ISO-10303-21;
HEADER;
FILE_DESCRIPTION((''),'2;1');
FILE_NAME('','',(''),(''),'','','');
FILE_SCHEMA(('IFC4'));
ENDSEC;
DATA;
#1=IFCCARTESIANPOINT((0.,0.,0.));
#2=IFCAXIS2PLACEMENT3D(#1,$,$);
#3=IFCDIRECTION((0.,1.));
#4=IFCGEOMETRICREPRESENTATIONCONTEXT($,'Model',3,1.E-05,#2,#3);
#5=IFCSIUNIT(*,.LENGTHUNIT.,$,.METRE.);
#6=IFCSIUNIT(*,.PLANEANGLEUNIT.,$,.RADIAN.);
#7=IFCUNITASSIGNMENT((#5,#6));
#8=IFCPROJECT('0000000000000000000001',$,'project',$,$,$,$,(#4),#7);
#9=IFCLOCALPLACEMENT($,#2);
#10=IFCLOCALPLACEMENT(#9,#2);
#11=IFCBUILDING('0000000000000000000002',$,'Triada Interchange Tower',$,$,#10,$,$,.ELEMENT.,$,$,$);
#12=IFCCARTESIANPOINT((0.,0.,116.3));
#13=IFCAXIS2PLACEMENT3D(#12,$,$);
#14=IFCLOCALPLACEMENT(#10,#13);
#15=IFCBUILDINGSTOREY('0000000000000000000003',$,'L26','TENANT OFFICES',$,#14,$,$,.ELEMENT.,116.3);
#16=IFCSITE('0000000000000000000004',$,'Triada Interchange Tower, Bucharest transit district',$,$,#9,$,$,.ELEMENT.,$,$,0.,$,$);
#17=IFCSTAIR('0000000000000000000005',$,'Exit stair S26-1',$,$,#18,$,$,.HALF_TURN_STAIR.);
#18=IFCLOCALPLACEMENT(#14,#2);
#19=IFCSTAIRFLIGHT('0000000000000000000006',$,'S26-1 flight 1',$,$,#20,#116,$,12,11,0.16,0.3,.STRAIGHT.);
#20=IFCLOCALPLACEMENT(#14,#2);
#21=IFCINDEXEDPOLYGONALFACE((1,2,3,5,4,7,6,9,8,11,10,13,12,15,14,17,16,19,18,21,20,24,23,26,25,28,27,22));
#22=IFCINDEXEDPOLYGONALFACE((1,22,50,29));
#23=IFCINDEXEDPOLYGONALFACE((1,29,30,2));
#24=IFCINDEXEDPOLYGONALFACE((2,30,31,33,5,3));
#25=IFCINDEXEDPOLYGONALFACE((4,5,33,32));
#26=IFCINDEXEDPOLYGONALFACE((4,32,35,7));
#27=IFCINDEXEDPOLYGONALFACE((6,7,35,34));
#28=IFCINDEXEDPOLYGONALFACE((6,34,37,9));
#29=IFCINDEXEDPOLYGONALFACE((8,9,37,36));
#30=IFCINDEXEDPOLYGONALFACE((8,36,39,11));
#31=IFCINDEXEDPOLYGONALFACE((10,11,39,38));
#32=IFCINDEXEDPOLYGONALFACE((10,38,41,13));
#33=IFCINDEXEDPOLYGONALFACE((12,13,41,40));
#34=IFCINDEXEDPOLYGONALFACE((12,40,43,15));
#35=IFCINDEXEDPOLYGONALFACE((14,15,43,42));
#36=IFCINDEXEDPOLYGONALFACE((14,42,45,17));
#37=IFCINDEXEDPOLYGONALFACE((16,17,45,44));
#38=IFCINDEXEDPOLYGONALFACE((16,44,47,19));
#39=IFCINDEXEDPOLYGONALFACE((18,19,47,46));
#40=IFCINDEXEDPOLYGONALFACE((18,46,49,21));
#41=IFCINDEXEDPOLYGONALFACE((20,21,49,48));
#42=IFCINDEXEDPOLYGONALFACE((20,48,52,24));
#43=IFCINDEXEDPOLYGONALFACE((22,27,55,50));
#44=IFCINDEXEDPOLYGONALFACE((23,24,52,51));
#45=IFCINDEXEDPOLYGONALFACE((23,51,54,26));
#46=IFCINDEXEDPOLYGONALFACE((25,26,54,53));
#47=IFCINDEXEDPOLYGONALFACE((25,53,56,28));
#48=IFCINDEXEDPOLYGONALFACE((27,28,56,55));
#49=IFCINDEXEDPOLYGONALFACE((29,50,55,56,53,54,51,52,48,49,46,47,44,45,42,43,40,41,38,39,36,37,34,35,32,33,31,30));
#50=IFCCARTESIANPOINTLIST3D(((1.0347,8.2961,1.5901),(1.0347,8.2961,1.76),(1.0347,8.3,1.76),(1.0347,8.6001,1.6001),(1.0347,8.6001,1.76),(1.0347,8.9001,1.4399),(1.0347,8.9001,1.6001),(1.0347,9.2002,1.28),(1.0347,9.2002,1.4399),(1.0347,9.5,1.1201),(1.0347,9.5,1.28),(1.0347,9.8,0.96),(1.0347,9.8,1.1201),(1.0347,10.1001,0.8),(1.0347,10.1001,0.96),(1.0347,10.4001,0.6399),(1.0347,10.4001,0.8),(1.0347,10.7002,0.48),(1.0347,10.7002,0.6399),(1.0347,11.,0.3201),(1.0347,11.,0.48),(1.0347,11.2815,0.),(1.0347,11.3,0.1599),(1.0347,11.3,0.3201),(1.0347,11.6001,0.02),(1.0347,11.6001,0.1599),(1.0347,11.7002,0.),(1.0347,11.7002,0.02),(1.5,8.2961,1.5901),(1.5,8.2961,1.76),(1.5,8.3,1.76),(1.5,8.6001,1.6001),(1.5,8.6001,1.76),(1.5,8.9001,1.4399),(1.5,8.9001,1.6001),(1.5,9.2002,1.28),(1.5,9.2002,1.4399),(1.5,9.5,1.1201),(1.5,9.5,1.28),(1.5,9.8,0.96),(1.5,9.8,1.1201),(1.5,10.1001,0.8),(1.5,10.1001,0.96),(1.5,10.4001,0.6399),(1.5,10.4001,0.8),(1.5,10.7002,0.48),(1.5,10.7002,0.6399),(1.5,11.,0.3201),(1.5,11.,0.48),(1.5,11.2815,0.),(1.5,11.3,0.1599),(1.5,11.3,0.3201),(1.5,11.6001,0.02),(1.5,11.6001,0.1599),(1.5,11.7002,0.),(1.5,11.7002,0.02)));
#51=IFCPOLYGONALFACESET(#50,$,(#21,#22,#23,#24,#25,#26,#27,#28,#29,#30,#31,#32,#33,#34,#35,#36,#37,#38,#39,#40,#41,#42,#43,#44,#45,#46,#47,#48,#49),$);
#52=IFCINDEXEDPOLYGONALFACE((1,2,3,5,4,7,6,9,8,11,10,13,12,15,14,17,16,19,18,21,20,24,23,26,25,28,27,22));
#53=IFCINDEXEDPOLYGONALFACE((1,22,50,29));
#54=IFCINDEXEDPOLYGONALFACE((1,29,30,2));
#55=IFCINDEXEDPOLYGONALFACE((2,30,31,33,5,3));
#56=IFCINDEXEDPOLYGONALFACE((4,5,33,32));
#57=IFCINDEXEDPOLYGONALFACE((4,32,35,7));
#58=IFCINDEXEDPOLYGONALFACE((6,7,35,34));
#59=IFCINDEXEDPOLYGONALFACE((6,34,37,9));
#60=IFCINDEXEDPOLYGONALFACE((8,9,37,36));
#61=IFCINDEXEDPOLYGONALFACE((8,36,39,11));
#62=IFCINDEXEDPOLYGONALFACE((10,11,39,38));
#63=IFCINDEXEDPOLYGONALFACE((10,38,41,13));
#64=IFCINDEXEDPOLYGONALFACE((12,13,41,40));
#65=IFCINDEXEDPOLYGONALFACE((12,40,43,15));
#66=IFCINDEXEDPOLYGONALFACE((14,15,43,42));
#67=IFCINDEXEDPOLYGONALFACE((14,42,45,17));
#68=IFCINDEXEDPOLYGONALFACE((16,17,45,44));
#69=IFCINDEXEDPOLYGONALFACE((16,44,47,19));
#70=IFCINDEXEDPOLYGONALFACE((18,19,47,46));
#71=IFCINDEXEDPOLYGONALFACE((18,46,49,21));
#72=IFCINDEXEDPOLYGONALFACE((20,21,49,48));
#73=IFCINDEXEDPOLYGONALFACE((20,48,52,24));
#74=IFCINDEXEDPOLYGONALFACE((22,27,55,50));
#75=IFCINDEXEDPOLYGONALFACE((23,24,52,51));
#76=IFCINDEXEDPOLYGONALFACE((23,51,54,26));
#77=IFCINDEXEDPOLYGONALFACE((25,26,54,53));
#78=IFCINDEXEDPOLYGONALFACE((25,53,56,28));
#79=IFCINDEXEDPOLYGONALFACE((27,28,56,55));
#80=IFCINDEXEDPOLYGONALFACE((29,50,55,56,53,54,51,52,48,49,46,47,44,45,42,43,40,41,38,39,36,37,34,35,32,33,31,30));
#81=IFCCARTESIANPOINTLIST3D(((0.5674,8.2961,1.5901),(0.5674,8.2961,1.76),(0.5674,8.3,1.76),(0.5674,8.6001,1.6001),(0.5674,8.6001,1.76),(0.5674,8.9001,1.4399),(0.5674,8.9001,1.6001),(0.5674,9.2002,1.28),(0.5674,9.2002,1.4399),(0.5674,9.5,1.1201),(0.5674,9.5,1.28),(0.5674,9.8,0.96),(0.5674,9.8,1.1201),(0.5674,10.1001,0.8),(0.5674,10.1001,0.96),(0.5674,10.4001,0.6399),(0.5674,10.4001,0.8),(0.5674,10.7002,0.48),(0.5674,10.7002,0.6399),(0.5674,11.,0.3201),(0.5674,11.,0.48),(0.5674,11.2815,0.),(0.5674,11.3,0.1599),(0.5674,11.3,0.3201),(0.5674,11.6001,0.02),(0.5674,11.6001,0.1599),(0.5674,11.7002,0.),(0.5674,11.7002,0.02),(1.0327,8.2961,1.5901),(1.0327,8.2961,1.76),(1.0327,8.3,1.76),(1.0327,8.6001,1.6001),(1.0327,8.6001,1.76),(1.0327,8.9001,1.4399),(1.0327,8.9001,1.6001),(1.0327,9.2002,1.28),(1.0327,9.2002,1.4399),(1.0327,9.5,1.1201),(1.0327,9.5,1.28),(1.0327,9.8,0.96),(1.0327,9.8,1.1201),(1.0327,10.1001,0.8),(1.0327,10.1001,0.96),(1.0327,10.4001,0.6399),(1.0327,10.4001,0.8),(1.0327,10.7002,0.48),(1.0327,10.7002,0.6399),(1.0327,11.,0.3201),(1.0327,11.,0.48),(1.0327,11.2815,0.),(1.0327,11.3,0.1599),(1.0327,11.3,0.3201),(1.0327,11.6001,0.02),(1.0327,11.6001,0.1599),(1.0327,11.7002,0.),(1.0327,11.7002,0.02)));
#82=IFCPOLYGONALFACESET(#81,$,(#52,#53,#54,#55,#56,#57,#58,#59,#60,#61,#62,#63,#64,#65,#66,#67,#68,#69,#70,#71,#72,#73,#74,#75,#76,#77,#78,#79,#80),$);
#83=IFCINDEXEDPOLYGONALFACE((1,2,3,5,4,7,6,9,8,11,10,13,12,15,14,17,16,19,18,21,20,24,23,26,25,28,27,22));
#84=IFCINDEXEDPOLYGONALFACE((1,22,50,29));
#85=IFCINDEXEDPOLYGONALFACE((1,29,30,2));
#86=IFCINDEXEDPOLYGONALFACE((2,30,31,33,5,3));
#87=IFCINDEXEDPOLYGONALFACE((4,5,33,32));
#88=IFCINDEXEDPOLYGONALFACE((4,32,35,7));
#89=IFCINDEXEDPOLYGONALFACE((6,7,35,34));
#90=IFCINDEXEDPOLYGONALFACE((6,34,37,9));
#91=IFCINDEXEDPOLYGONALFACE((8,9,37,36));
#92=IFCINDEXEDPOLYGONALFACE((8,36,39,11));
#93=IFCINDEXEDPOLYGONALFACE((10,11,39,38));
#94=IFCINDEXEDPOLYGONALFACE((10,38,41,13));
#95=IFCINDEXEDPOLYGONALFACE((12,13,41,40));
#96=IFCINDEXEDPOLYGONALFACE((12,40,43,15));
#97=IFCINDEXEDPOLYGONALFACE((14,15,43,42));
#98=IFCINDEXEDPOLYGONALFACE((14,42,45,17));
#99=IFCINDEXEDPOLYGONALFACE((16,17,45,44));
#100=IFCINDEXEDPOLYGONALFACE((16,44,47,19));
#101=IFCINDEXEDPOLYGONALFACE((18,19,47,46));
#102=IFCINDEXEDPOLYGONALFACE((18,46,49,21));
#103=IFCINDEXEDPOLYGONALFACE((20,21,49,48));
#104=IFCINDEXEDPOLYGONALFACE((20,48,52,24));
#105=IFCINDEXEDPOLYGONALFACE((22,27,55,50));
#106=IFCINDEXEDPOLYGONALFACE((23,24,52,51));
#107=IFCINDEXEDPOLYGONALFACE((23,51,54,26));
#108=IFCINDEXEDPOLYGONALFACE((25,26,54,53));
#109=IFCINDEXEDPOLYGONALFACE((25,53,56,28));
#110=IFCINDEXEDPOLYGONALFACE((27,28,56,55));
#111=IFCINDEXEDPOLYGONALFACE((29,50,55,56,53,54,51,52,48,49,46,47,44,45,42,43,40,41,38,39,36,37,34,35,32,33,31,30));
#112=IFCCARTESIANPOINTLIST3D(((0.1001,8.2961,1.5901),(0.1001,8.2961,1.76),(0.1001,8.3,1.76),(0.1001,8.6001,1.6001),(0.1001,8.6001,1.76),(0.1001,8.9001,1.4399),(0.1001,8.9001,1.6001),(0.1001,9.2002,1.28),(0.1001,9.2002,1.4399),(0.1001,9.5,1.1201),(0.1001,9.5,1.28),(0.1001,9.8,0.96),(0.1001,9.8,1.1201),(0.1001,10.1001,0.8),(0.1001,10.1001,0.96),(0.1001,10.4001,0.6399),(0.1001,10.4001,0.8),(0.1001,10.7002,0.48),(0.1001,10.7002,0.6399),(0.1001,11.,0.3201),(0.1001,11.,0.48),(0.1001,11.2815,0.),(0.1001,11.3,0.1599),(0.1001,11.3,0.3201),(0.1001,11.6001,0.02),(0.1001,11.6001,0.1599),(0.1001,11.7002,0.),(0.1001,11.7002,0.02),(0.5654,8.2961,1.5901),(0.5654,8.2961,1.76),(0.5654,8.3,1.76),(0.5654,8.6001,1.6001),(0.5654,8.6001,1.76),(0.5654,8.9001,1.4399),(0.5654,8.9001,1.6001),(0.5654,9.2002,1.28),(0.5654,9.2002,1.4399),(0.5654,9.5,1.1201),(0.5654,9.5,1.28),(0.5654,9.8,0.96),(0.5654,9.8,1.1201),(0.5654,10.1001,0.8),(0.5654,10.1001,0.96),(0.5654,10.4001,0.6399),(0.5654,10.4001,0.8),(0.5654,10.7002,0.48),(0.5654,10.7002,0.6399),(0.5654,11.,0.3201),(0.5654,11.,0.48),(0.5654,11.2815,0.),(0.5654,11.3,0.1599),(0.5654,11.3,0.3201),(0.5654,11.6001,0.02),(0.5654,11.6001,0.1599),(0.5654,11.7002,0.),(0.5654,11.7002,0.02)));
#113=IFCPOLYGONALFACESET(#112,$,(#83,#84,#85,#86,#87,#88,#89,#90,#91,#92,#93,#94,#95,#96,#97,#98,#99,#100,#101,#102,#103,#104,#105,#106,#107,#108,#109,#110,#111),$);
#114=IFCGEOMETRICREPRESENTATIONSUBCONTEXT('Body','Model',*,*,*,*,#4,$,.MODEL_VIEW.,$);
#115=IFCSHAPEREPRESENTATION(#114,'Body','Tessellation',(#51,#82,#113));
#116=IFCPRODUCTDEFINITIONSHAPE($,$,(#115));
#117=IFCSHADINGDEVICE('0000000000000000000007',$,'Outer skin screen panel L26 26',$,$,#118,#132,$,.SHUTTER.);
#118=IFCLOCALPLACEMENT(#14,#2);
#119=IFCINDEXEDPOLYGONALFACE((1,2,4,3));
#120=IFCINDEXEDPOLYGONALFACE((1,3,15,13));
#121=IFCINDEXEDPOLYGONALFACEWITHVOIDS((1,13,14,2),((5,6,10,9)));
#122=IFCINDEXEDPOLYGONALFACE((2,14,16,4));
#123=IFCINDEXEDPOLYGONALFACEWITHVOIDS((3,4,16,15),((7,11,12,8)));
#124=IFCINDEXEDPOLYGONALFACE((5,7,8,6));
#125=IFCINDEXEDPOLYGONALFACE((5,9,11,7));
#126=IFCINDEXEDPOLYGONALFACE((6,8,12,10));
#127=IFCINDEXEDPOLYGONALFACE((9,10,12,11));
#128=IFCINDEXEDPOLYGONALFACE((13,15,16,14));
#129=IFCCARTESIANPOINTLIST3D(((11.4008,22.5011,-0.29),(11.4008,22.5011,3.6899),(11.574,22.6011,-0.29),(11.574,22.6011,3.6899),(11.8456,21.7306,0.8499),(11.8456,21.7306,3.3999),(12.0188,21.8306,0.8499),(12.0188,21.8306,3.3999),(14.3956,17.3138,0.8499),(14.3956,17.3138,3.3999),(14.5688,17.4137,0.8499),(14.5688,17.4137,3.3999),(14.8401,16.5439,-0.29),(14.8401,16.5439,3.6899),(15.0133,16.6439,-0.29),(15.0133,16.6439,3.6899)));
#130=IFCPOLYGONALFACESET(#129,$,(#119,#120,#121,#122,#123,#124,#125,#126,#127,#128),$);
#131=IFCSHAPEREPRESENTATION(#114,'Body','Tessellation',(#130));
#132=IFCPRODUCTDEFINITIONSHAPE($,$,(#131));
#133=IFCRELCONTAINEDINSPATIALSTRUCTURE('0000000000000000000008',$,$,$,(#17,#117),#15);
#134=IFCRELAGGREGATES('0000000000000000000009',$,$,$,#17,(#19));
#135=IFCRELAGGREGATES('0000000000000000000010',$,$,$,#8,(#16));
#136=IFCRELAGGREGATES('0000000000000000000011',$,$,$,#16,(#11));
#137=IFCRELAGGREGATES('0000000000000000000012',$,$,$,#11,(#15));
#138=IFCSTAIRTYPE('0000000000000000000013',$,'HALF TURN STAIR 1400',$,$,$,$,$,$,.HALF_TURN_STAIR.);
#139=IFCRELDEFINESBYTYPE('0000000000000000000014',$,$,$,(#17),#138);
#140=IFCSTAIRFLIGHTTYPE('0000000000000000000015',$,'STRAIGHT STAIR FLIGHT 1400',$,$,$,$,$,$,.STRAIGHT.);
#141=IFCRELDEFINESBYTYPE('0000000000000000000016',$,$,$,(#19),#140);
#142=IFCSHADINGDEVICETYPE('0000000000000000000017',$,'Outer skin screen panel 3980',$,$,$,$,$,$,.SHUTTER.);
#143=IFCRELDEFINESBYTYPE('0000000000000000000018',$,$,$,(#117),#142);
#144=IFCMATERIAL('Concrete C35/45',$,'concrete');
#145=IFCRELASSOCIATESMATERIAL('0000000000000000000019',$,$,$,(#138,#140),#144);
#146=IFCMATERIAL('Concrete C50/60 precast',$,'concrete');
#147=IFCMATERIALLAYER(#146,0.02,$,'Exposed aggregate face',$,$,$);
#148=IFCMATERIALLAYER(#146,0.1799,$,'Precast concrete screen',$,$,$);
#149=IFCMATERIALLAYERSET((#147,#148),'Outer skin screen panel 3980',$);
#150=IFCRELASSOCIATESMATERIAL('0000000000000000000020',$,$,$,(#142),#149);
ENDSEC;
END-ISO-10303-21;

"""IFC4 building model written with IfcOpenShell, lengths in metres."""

from ifc_helpers import new_model, si_unit, direction, frame, origin, place, context, subcontext, project, spatial, polyline, outline, extrude, material, layer, layer_set, type_object, element, aggregate, save


model = new_model("IFC4")

# Units and contexts
model_context = context("Model", 3, precision=1e-05, world=origin(), true_north=direction((0.0, 1.0)))
body_context = subcontext(model_context, "Body", "Model", "MODEL_VIEW")
ifc_project = project(units=[si_unit("LENGTHUNIT", "METRE"), si_unit("PLANEANGLEUNIT", "RADIAN")], contexts=[model_context])

# Site, building, storey
site_placement = place(None, origin())
site = spatial("IfcSite", under=ifc_project, at=site_placement, Name="Triada Interchange Tower, Bucharest transit district", CompositionType="ELEMENT", RefElevation=0.0)
building_placement = place(site_placement, origin())
building = spatial("IfcBuilding", under=site, at=building_placement, Name="Triada Interchange Tower", CompositionType="ELEMENT")
storey_placement = place(building_placement, frame((0.0, 0.0, 116.3)))
storey = spatial("IfcBuildingStorey", under=building, at=storey_placement, Name="L26", Description="TENANT OFFICES", CompositionType="ELEMENT", Elevation=116.3)

# Stair, stair flight
ifc_material_1 = material(Name="Concrete C35/45", Category="concrete")
stair_type = type_object("IfcStairType", Name="HALF TURN STAIR 1400", PredefinedType="HALF_TURN_STAIR", material=ifc_material_1)
stair_placement = place(storey_placement, origin())
stair = element("IfcStair", 1, at=stair_placement, inside=storey, type_object=stair_type, Name="Exit stair S26-1", PredefinedType="HALF_TURN_STAIR")
stair_flight_type = type_object("IfcStairFlightType", Name="STRAIGHT STAIR FLIGHT 1400", PredefinedType="STRAIGHT", material=ifc_material_1)
stair_flight_placement = place(storey_placement, frame((0.8, 11.6001, 0.0), z_axis=(0.0, 0.0, 1.0), x_axis=(0.0, -1.0, 0.0)))
stair_flight = element("IfcStairFlight", 2, at=stair_flight_placement, type_object=stair_flight_type, Name="S26-1 flight 1", NumberOfRisers=12, NumberOfTreads=11, PredefinedType="STRAIGHT", RiserHeight=0.16, TreadLength=0.3, context=body_context, shape_type="SweptSolid", body=[
    extrude(outline(polyline([(-0.1001, 0.0), (-0.1001, 0.02), (0.0, 0.02), (0.0, 0.1599), (0.3, 0.1599), (0.3, 0.3201), (0.6001, 0.3201), (0.6001, 0.48), (0.8999, 0.48), (0.8999, 0.6399), (1.2, 0.6399), (1.2, 0.8), (1.5, 0.8), (1.5, 0.96), (1.8, 0.96), (1.8, 1.1201), (2.1001, 1.1201), (2.1001, 1.28), (2.3999, 1.28), (2.3999, 1.4399), (2.7, 1.4399), (2.7, 1.6001), (3.0, 1.6001), (3.0, 1.76), (3.3, 1.76), (3.304, 1.76), (3.304, 1.9199), (3.304, 1.5901), (0.3186, 0.0), (-0.1001, 0.0)])), frame((0.0, 0.7, 0.0), z_axis=(0.0, -1.0, 0.0), x_axis=(1.0, 0.0, 0.0)), (0.0, 0.0, 1.0), 0.4653),
    extrude(outline(polyline([(-0.1001, 0.0), (-0.1001, 0.02), (0.0, 0.02), (0.0, 0.1599), (0.3, 0.1599), (0.3, 0.3201), (0.6001, 0.3201), (0.6001, 0.48), (0.8999, 0.48), (0.8999, 0.6399), (1.2, 0.6399), (1.2, 0.8), (1.5, 0.8), (1.5, 0.96), (1.8, 0.96), (1.8, 1.1201), (2.1001, 1.1201), (2.1001, 1.28), (2.3999, 1.28), (2.3999, 1.4399), (2.7, 1.4399), (2.7, 1.6001), (3.0, 1.6001), (3.0, 1.76), (3.3, 1.76), (3.304, 1.76), (3.304, 1.9199), (3.304, 1.5901), (0.3186, 0.0), (-0.1001, 0.0)])), frame((0.0, 0.2327, 0.0), z_axis=(0.0, -1.0, 0.0), x_axis=(1.0, 0.0, 0.0)), (0.0, 0.0, 1.0), 0.4653),
    extrude(outline(polyline([(-0.1001, 0.0), (-0.1001, 0.02), (0.0, 0.02), (0.0, 0.1599), (0.3, 0.1599), (0.3, 0.3201), (0.6001, 0.3201), (0.6001, 0.48), (0.8999, 0.48), (0.8999, 0.6399), (1.2, 0.6399), (1.2, 0.8), (1.5, 0.8), (1.5, 0.96), (1.8, 0.96), (1.8, 1.1201), (2.1001, 1.1201), (2.1001, 1.28), (2.3999, 1.28), (2.3999, 1.4399), (2.7, 1.4399), (2.7, 1.6001), (3.0, 1.6001), (3.0, 1.76), (3.3, 1.76), (3.304, 1.76), (3.304, 1.9199), (3.304, 1.5901), (0.3186, 0.0), (-0.1001, 0.0)])), frame((0.0, -0.2346, 0.0), z_axis=(0.0, -1.0, 0.0), x_axis=(1.0, 0.0, 0.0)), (0.0, 0.0, 1.0), 0.4653),
])

# Shading device
ifc_material_2 = material(Name="Concrete C50/60 precast", Category="concrete")
ifc_layer_1 = layer(ifc_material_2, 0.02, Name="Exposed aggregate face")
ifc_layer_2 = layer(ifc_material_2, 0.1799, Name="Precast concrete screen")
ifc_layer_set_1 = layer_set([ifc_layer_1, ifc_layer_2], Name="Outer skin screen panel 3980")
shading_device_type = type_object("IfcShadingDeviceType", Name="Outer skin screen panel 3980", PredefinedType="SHUTTER", material=ifc_layer_set_1)
shading_device_placement = place(storey_placement, frame((14.8401, 16.5439, -0.29), z_axis=(0.0, 0.0, 1.0), x_axis=(-0.499991, 0.866031, 0.0)))
element("IfcShadingDevice", 3, at=shading_device_placement, inside=storey, type_object=shading_device_type, Name="Outer skin screen panel L26 26", PredefinedType="SHUTTER", context=body_context, shape_type="SweptSolid", body=[
    extrude(outline(polyline([(0.0, 0.0), (6.8787, 0.0), (6.8787, 3.98), (0.0, 3.98), (0.0, 0.0)]), holes=[polyline([(0.8889, 1.1399), (0.8889, 3.6899), (5.989, 3.6899), (5.989, 1.1399), (0.8889, 1.1399)])]), frame((0.0, 0.0, 0.0), z_axis=(0.0, -1.0, 0.0), x_axis=(1.0, 0.0, 0.0)), (0.0, 0.0, 1.0), 0.2),
])

aggregate(stair, [stair_flight])

save(model, "model.ifc")
